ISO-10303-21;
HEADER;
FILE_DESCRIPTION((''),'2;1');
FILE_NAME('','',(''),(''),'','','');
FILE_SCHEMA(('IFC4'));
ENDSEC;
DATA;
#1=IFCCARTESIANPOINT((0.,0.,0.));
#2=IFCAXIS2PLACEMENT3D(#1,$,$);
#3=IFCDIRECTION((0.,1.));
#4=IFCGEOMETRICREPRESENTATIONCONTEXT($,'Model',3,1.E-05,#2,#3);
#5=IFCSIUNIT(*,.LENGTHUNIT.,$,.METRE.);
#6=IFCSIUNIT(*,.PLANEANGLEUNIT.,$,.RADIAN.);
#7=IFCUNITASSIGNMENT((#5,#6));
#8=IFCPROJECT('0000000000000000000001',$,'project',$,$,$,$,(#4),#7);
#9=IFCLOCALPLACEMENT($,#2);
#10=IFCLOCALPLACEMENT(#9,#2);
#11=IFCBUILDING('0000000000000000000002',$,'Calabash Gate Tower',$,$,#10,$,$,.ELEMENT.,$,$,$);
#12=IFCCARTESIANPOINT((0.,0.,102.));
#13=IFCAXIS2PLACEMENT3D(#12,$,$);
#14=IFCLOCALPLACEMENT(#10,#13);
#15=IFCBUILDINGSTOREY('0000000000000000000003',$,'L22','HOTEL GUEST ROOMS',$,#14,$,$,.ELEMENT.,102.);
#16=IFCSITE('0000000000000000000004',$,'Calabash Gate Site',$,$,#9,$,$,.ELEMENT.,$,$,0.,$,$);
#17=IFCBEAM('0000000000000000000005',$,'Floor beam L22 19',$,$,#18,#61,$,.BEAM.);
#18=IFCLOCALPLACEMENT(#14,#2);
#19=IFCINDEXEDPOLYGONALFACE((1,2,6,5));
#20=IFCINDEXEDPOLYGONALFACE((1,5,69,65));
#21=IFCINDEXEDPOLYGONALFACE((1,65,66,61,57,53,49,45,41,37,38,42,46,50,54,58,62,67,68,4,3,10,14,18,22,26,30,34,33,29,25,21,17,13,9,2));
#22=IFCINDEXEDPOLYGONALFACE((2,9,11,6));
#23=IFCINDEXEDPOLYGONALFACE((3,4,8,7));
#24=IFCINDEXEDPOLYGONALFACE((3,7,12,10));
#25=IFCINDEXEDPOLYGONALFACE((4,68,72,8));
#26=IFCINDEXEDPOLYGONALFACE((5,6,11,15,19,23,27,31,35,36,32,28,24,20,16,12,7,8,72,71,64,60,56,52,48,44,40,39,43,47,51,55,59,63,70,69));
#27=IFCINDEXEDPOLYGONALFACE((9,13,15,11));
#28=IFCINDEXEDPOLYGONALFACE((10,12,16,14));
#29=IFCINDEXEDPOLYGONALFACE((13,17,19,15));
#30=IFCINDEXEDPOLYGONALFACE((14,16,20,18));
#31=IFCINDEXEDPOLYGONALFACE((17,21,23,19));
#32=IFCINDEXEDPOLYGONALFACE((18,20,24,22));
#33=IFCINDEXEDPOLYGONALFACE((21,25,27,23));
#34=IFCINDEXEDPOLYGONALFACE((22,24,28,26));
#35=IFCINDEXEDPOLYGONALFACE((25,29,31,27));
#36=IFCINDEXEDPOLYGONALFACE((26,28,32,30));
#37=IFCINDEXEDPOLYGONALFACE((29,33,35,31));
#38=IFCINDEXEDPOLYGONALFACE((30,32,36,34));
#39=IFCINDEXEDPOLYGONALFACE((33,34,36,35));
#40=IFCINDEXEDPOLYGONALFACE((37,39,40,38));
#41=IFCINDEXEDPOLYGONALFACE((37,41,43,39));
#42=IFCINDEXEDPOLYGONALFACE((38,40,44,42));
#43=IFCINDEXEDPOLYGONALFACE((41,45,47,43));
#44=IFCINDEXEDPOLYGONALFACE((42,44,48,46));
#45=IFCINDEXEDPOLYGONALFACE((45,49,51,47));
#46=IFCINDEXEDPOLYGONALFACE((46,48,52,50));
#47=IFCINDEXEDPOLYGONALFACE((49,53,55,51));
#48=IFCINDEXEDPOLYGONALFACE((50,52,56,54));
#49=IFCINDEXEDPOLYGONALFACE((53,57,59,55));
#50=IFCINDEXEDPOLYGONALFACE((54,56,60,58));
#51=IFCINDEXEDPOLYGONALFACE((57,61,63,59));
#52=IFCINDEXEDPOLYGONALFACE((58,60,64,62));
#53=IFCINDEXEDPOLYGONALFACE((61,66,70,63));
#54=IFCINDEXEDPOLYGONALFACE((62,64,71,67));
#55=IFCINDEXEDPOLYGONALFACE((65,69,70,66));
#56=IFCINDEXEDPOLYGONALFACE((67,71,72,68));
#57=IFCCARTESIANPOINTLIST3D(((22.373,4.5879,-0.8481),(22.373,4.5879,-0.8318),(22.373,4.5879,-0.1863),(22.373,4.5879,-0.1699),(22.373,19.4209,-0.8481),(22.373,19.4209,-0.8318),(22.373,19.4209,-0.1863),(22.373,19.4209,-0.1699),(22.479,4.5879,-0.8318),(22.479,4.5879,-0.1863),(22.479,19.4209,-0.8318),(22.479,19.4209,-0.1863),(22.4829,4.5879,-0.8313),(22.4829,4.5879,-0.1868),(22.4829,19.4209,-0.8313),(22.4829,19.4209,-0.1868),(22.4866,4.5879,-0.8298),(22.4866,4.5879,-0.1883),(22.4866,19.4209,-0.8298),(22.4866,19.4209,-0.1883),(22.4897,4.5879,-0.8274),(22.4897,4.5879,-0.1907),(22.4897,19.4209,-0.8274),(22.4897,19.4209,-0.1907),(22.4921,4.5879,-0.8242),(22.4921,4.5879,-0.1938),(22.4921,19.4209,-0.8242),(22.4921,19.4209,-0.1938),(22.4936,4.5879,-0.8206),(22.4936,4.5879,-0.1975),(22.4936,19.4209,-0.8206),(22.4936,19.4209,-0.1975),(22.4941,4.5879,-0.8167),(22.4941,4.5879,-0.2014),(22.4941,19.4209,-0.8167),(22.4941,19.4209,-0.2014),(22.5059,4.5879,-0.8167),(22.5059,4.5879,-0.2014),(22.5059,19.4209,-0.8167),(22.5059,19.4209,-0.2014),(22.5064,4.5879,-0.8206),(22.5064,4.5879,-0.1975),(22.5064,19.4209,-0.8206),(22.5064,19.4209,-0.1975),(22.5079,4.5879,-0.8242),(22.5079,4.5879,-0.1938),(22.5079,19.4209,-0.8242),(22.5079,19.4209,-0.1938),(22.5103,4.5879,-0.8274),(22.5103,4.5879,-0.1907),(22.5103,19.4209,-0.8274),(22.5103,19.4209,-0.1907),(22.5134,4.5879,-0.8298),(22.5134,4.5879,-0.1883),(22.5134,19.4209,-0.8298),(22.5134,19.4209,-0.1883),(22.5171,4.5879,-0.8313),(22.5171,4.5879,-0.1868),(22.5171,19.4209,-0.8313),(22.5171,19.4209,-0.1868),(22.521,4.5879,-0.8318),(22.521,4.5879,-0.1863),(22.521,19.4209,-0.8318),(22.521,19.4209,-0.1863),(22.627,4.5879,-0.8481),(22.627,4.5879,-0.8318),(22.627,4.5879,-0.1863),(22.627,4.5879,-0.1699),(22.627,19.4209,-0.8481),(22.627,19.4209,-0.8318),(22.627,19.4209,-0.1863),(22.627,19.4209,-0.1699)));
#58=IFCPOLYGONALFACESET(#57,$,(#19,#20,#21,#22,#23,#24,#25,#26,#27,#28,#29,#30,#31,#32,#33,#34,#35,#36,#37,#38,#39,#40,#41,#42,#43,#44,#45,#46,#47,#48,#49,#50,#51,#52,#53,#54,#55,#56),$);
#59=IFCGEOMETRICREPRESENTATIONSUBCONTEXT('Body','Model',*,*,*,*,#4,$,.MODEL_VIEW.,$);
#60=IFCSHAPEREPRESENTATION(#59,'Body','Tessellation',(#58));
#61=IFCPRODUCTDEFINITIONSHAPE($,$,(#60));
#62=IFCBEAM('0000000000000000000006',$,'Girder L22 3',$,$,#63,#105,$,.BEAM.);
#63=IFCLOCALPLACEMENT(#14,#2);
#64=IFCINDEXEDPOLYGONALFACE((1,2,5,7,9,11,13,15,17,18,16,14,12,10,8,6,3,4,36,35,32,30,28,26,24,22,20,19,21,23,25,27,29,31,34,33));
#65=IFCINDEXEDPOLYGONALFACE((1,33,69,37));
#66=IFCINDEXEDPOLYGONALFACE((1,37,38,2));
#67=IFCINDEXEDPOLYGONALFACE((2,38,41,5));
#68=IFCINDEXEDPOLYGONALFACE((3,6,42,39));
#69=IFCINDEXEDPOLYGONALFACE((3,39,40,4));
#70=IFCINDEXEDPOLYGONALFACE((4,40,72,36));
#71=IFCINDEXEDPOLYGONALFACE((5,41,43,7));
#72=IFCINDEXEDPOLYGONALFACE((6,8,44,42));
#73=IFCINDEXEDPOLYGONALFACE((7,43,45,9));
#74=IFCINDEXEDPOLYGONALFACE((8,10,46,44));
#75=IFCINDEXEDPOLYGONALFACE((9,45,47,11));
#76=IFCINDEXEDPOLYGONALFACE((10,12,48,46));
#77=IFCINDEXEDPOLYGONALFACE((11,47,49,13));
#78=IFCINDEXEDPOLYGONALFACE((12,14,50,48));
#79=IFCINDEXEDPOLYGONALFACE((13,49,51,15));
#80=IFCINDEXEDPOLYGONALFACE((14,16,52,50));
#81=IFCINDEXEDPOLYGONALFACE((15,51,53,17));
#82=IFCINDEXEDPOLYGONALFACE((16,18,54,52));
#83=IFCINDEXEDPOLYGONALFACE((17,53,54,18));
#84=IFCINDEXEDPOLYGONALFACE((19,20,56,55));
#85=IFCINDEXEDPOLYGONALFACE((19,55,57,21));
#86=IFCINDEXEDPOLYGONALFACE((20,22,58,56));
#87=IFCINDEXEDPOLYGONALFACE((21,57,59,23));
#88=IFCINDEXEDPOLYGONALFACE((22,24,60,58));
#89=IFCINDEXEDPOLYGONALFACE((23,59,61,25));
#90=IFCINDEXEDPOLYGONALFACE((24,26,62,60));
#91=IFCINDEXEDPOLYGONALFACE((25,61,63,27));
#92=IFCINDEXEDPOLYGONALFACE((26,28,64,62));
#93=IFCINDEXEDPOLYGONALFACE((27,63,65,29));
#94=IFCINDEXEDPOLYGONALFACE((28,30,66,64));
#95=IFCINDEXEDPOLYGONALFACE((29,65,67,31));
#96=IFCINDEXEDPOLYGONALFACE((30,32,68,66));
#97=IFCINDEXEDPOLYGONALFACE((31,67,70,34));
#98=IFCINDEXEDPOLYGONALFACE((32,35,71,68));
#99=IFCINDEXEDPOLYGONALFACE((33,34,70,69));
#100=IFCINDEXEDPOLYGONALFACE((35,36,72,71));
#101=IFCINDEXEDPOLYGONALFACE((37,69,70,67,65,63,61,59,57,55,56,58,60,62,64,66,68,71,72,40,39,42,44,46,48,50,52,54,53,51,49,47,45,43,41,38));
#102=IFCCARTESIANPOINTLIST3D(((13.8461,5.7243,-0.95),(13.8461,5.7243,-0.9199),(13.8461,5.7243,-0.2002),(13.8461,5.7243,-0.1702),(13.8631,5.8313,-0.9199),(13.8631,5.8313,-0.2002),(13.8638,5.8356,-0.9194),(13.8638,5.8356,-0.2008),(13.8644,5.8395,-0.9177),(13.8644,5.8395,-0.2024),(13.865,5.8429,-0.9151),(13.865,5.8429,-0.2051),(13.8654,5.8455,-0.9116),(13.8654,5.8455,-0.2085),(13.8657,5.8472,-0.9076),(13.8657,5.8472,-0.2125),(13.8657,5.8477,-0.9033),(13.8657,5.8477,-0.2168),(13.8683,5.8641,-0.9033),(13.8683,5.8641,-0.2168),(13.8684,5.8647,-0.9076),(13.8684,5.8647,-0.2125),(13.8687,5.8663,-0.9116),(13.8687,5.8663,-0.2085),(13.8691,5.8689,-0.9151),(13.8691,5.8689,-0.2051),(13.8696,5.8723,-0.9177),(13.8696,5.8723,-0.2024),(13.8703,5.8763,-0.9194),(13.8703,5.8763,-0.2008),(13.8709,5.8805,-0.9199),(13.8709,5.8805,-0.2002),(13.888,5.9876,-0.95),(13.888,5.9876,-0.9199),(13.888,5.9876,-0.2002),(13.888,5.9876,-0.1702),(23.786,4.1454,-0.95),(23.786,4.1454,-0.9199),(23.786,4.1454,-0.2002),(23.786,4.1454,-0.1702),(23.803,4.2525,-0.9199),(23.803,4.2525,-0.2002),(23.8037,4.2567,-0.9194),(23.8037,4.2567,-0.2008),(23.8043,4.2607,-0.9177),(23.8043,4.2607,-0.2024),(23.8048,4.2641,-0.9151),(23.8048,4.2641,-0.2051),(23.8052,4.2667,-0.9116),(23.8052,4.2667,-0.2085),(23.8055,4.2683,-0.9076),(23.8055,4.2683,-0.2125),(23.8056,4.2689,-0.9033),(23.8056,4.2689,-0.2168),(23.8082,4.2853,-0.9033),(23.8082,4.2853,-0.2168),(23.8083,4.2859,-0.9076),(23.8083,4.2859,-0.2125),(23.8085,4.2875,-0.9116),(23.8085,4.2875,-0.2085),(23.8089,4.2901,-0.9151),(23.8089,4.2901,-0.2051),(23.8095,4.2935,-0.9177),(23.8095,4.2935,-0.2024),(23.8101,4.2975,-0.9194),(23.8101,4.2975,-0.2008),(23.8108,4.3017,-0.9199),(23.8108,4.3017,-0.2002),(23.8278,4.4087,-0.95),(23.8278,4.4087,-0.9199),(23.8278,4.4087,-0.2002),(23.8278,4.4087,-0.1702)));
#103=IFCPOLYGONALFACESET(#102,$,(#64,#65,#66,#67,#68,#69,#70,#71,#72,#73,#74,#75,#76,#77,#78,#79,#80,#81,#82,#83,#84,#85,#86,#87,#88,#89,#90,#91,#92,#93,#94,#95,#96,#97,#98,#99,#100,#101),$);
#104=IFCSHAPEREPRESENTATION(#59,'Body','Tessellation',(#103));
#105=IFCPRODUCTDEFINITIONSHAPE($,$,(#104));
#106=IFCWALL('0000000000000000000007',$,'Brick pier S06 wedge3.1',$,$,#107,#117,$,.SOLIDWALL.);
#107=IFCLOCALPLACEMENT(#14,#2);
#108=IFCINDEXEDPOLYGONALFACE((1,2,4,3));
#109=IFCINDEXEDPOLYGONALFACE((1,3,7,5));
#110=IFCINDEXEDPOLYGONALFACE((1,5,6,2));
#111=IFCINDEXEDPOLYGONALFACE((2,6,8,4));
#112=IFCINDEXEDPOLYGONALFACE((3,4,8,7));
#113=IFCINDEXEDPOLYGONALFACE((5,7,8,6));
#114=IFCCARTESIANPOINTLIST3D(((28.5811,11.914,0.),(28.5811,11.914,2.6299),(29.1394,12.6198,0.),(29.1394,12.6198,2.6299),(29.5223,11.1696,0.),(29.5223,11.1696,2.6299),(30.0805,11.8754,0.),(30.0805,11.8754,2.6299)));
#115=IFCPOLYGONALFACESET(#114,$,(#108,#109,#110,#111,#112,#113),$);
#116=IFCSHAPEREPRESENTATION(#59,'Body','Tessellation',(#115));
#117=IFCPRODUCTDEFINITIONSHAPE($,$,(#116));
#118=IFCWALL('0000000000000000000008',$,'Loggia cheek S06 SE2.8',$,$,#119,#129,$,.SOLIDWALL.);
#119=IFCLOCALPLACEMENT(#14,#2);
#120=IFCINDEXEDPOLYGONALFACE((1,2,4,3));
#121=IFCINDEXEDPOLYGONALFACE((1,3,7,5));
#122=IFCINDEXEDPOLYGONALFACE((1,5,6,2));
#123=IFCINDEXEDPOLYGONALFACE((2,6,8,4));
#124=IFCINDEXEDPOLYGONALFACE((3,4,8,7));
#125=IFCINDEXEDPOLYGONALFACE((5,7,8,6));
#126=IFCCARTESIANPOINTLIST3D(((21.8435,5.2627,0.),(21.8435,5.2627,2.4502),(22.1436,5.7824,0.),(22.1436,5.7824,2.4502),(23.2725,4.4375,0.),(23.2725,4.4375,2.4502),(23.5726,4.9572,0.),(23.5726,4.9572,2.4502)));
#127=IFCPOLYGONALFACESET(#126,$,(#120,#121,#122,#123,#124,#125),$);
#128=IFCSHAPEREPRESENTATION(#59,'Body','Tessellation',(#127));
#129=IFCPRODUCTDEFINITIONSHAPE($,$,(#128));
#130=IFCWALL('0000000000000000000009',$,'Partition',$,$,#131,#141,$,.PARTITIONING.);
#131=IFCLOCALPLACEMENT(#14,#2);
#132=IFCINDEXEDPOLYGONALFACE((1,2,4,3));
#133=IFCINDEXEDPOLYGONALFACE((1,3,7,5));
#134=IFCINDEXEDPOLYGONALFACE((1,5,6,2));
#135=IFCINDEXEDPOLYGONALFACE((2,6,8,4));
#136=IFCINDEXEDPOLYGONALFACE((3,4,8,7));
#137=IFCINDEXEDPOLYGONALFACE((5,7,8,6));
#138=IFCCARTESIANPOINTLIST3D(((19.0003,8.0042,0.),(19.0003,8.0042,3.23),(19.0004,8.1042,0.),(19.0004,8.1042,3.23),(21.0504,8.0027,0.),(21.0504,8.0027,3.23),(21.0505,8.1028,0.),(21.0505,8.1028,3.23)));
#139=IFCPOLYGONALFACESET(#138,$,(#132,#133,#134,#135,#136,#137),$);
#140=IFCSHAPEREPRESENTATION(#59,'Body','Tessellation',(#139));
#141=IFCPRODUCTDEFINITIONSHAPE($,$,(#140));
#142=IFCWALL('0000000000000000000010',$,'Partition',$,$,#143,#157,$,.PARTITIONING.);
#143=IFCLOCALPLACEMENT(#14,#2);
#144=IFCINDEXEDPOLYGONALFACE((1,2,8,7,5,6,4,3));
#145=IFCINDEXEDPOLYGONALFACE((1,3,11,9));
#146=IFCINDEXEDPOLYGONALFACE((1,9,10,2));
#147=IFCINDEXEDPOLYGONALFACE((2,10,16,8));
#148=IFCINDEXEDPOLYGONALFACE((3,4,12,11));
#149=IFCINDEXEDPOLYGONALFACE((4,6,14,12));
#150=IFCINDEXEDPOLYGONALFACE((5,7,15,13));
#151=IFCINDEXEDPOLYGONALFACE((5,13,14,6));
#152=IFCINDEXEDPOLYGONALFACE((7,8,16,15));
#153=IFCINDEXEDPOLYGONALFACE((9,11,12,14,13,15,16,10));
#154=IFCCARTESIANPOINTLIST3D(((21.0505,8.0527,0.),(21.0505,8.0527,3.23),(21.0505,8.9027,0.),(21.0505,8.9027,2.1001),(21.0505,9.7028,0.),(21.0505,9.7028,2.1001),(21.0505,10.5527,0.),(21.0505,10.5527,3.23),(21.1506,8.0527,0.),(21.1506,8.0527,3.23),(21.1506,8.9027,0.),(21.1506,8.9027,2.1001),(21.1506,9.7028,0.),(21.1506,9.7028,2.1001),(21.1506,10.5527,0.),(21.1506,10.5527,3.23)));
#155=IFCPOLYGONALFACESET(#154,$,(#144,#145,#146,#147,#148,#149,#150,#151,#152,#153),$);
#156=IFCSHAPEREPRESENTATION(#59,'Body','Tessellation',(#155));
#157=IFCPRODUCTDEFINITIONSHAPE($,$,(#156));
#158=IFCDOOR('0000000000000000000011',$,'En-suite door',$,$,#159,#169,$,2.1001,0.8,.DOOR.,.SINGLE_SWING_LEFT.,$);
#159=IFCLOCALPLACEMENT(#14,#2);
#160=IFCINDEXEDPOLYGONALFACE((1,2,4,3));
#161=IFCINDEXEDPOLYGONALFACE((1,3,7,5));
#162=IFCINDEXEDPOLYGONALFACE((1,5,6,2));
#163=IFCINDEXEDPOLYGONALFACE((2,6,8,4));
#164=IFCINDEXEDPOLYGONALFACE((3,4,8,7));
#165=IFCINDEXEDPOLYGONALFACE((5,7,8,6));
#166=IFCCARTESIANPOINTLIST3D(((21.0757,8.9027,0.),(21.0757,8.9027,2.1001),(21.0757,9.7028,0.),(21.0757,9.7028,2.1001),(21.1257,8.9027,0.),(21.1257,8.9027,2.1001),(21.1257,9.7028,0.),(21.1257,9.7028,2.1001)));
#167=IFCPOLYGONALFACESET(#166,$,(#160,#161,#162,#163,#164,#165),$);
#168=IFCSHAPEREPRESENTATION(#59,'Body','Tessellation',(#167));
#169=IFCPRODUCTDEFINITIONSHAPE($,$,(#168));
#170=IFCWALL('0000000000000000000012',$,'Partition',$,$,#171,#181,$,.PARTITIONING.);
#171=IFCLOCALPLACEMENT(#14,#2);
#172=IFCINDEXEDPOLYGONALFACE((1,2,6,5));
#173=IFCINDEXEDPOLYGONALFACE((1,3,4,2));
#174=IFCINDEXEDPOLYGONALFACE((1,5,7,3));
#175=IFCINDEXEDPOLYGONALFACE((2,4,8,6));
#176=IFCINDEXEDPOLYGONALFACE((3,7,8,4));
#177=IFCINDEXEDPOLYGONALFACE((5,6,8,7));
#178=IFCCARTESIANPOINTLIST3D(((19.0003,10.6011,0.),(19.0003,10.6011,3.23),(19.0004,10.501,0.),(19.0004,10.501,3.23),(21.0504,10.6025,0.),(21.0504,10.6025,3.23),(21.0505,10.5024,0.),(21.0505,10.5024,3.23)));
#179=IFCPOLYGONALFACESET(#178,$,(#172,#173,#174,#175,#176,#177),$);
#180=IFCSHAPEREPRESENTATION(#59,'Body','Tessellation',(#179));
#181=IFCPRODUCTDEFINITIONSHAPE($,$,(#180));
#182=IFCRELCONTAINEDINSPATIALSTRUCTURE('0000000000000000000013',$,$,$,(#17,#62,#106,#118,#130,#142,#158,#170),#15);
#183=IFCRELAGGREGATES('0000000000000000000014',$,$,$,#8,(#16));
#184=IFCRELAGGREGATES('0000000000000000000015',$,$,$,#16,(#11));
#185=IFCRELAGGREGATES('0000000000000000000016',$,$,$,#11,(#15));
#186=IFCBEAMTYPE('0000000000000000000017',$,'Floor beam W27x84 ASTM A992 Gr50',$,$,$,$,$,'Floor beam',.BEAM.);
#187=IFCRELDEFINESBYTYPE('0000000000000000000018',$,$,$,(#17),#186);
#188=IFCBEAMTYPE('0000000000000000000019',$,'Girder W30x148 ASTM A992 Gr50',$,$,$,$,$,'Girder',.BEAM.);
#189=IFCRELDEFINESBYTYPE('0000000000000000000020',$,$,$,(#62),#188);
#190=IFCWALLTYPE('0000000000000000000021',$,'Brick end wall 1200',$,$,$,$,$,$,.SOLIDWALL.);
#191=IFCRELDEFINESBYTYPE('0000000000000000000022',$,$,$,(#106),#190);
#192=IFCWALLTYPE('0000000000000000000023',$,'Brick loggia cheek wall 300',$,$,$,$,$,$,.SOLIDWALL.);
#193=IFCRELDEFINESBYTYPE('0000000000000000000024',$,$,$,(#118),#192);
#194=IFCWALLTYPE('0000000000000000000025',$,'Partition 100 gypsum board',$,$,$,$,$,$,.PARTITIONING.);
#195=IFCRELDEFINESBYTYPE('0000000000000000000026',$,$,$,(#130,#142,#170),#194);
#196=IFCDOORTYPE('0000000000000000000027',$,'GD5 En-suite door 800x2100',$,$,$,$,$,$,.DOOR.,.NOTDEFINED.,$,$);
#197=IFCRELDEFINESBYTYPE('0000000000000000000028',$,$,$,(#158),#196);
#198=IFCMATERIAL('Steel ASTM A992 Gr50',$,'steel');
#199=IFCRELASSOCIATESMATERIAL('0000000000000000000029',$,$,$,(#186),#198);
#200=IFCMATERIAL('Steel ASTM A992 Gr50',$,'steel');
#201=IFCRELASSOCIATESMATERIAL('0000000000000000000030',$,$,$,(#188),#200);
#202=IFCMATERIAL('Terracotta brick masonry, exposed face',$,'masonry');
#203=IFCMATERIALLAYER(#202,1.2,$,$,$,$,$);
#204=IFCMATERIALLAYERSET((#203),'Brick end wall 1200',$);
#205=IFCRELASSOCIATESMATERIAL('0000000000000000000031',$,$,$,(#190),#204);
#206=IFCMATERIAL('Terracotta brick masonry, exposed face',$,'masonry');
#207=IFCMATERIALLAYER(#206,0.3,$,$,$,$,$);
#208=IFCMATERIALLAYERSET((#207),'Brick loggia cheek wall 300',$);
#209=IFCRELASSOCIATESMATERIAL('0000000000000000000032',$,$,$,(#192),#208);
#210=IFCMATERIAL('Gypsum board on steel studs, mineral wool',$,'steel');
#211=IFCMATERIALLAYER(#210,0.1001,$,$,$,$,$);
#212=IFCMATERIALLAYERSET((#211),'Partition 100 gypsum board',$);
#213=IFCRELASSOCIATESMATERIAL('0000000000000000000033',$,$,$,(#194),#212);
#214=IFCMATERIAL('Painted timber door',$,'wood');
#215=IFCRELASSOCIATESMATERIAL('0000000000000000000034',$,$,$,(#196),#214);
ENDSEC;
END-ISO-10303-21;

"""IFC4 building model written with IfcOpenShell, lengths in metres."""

from ifc_helpers import new_model, si_unit, direction, frame, frame_2d, origin, origin_2d, place, context, subcontext, project, spatial, rectangle, i_section, extrude, material, layer, layer_set, material_profile, profile_set, type_object, element, fill, save


model = new_model("IFC4")

# Units and contexts
model_context = context("Model", 3, precision=1e-05, world=origin(), true_north=direction((0.0, 1.0)))
body_context = subcontext(model_context, "Body", "Model", "MODEL_VIEW")
ifc_project = project(units=[si_unit("LENGTHUNIT", "METRE"), si_unit("PLANEANGLEUNIT", "RADIAN")], contexts=[model_context])

# Site, building, storey
site_placement = place(None, origin())
site = spatial("IfcSite", under=ifc_project, at=site_placement, Name="Calabash Gate Site", CompositionType="ELEMENT", RefElevation=0.0)
building_placement = place(site_placement, origin())
building = spatial("IfcBuilding", under=site, at=building_placement, Name="Calabash Gate Tower", CompositionType="ELEMENT")
storey_placement = place(building_placement, frame((0.0, 0.0, 102.0)))
storey = spatial("IfcBuildingStorey", under=building, at=storey_placement, Name="L22", Description="HOTEL GUEST ROOMS", CompositionType="ELEMENT", Elevation=102.0)

# Beams
ifc_material_1 = material(Name="Steel ASTM A992 Gr50", Category="steel")
ifc_material_profile_1 = material_profile(ifc_material_1, i_section(OverallWidth=0.2539, OverallDepth=0.6782, WebThickness=0.0117, FlangeThickness=0.0164, FilletRadius=0.0151, at=origin_2d()))
ifc_profile_set_1 = profile_set([ifc_material_profile_1], Name="Steel ASTM A992 Gr50")
beam_type_1 = type_object("IfcBeamType", Name="Floor beam W27x84 ASTM A992 Gr50", ElementType="Floor beam", PredefinedType="BEAM", material=ifc_profile_set_1)
beam_1_placement = place(storey_placement, frame((22.5, 4.5879, -0.509), z_axis=(0.0, 1.0, 0.0), x_axis=(-1.0, 0.0, 0.0)))
element("IfcBeam", 1, at=beam_1_placement, inside=storey, type_object=beam_type_1, Name="Floor beam L22 19", PredefinedType="BEAM", context=body_context, shape_type="SweptSolid", body=[
    extrude(i_section(OverallWidth=0.2539, OverallDepth=0.6782, WebThickness=0.0117, FlangeThickness=0.0164, FilletRadius=0.0151, at=origin_2d()), origin(), (0.0, 0.0, 1.0), 14.833),
])
ifc_material_2 = material(Name="Steel ASTM A992 Gr50", Category="steel")
ifc_material_profile_2 = material_profile(ifc_material_2, i_section(OverallWidth=0.2666, OverallDepth=0.7798, WebThickness=0.0166, FlangeThickness=0.03, FilletRadius=0.0166, at=origin_2d()))
ifc_profile_set_2 = profile_set([ifc_material_profile_2], Name="Steel ASTM A992 Gr50")
beam_type_2 = type_object("IfcBeamType", Name="Girder W30x148 ASTM A992 Gr50", ElementType="Girder", PredefinedType="BEAM", material=ifc_profile_set_2)
beam_2_placement = place(storey_placement, frame((23.8069, 4.2771, -0.5601), z_axis=(-0.987619, 0.156873, 0.0), x_axis=(-0.156873, -0.987619, 0.0)))
element("IfcBeam", 2, at=beam_2_placement, inside=storey, type_object=beam_type_2, Name="Girder L22 3", PredefinedType="BEAM", context=body_context, shape_type="SweptSolid", body=[
    extrude(i_section(OverallWidth=0.2666, OverallDepth=0.7798, WebThickness=0.0166, FlangeThickness=0.03, FilletRadius=0.0166, at=origin_2d()), origin(), (0.0, 0.0, 1.0), 10.0645),
])

# Walls
ifc_material_3 = material(Name="Terracotta brick masonry, exposed face", Category="masonry")
ifc_layer_1 = layer(ifc_material_3, 1.2)
ifc_layer_set_1 = layer_set([ifc_layer_1], Name="Brick end wall 1200")
wall_type_1 = type_object("IfcWallType", Name="Brick end wall 1200", PredefinedType="SOLIDWALL", material=ifc_layer_set_1)
wall_1_placement = place(storey_placement, frame((29.8015, 11.5225, 0.0), z_axis=(0.0, 0.0, 1.0), x_axis=(-0.78433, 0.620343, 0.0)))
element("IfcWall", 3, at=wall_1_placement, inside=storey, type_object=wall_type_1, Name="Brick pier S06 wedge3.1", PredefinedType="SOLIDWALL", context=body_context, shape_type="SweptSolid", body=[
    extrude(rectangle(XDim=1.2, YDim=0.8999, at=frame_2d((0.6001, 0.0))), origin(), (0.0, 0.0, 1.0), 2.6299),
])
ifc_material_4 = material(Name="Terracotta brick masonry, exposed face", Category="masonry")
ifc_layer_2 = layer(ifc_material_4, 0.3)
ifc_layer_set_2 = layer_set([ifc_layer_2], Name="Brick loggia cheek wall 300")
wall_type_2 = type_object("IfcWallType", Name="Brick loggia cheek wall 300", PredefinedType="SOLIDWALL", material=ifc_layer_set_2)
wall_2_placement = place(storey_placement, frame((23.4226, 4.6973, 0.0), z_axis=(0.0, 0.0, 1.0), x_axis=(-0.865976, 0.500085, 0.0)))
element("IfcWall", 4, at=wall_2_placement, inside=storey, type_object=wall_type_2, Name="Loggia cheek S06 SE2.8", PredefinedType="SOLIDWALL", context=body_context, shape_type="SweptSolid", body=[
    extrude(rectangle(XDim=1.6501, YDim=0.6001, at=frame_2d((0.8252, 0.0))), origin(), (0.0, 0.0, 1.0), 2.4502),
])
ifc_material_5 = material(Name="Gypsum board on steel studs, mineral wool", Category="steel")
ifc_layer_3 = layer(ifc_material_5, 0.1001)
ifc_layer_set_3 = layer_set([ifc_layer_3], Name="Partition 100 gypsum board")
wall_type_3 = type_object("IfcWallType", Name="Partition 100 gypsum board", PredefinedType="PARTITIONING", material=ifc_layer_set_3)
wall_3_placement = place(storey_placement, frame((19.0005, 8.0542, 0.0), z_axis=(0.0, 0.0, 1.0), x_axis=(1.0, -0.000715, 0.0)))
element("IfcWall", 5, at=wall_3_placement, inside=storey, type_object=wall_type_3, Name="Partition", PredefinedType="PARTITIONING", context=body_context, shape_type="SweptSolid", body=[
    extrude(rectangle(XDim=2.05, YDim=0.1001, at=frame_2d((1.0249, 0.0))), origin(), (0.0, 0.0, 1.0), 3.23),
])

# Wall, opening, door
wall_4_placement = place(storey_placement, frame((21.1006, 8.0527, 0.0), z_axis=(0.0, 0.0, 1.0), x_axis=(0.0, 1.0, 0.0)))
wall_4 = element("IfcWall", 6, at=wall_4_placement, inside=storey, type_object=wall_type_3, Name="Partition", PredefinedType="PARTITIONING", context=body_context, shape_type="SweptSolid", body=[
    extrude(rectangle(XDim=2.5, YDim=0.1001, at=frame_2d((1.25, 0.0))), origin(), (0.0, 0.0, 1.0), 3.23),
])
opening_1_placement = place(wall_4_placement, frame((0.8501, 0.0, 0.0)))
opening_1 = element("IfcOpeningElement", 7, at=opening_1_placement, cuts=wall_4, PredefinedType="OPENING", context=body_context, shape_type="SweptSolid", body=[
    extrude(rectangle(XDim=0.8, YDim=2.1001, at=frame_2d((0.3999, 1.05))), frame((0.0, 0.0601, 0.0), z_axis=(0.0, -1.0, 0.0), x_axis=(1.0, 0.0, 0.0)), (0.0, 0.0, 1.0), 0.1201),
])
ifc_material_6 = material(Name="Painted timber door", Category="wood")
door_type = type_object("IfcDoorType", Name="GD5 En-suite door 800x2100", OperationType="NOTDEFINED", PredefinedType="DOOR", material=ifc_material_6)
door_placement = place(opening_1_placement, origin())
door = element("IfcDoor", 8, at=door_placement, inside=storey, type_object=door_type, Name="En-suite door", OperationType="SINGLE_SWING_LEFT", OverallHeight=2.1001, OverallWidth=0.8, PredefinedType="DOOR", context=body_context, shape_type="SweptSolid", body=[
    extrude(rectangle(XDim=0.8, YDim=2.1001, at=frame_2d((0.3999, 1.05))), frame((0.0, 0.0249, 0.0), z_axis=(0.0, -1.0, 0.0), x_axis=(1.0, 0.0, 0.0)), (0.0, 0.0, 1.0), 0.05),
])
fill(opening_1, door)

# Wall
wall_5_placement = place(storey_placement, frame((19.0005, 10.551, 0.0), z_axis=(0.0, 0.0, 1.0), x_axis=(1.0, 0.000715, 0.0)))
element("IfcWall", 9, at=wall_5_placement, inside=storey, type_object=wall_type_3, Name="Partition", PredefinedType="PARTITIONING", context=body_context, shape_type="SweptSolid", body=[
    extrude(rectangle(XDim=2.05, YDim=0.1001, at=frame_2d((1.0249, 0.0))), origin(), (0.0, 0.0, 1.0), 3.23),
])

save(model, "model.ifc")
